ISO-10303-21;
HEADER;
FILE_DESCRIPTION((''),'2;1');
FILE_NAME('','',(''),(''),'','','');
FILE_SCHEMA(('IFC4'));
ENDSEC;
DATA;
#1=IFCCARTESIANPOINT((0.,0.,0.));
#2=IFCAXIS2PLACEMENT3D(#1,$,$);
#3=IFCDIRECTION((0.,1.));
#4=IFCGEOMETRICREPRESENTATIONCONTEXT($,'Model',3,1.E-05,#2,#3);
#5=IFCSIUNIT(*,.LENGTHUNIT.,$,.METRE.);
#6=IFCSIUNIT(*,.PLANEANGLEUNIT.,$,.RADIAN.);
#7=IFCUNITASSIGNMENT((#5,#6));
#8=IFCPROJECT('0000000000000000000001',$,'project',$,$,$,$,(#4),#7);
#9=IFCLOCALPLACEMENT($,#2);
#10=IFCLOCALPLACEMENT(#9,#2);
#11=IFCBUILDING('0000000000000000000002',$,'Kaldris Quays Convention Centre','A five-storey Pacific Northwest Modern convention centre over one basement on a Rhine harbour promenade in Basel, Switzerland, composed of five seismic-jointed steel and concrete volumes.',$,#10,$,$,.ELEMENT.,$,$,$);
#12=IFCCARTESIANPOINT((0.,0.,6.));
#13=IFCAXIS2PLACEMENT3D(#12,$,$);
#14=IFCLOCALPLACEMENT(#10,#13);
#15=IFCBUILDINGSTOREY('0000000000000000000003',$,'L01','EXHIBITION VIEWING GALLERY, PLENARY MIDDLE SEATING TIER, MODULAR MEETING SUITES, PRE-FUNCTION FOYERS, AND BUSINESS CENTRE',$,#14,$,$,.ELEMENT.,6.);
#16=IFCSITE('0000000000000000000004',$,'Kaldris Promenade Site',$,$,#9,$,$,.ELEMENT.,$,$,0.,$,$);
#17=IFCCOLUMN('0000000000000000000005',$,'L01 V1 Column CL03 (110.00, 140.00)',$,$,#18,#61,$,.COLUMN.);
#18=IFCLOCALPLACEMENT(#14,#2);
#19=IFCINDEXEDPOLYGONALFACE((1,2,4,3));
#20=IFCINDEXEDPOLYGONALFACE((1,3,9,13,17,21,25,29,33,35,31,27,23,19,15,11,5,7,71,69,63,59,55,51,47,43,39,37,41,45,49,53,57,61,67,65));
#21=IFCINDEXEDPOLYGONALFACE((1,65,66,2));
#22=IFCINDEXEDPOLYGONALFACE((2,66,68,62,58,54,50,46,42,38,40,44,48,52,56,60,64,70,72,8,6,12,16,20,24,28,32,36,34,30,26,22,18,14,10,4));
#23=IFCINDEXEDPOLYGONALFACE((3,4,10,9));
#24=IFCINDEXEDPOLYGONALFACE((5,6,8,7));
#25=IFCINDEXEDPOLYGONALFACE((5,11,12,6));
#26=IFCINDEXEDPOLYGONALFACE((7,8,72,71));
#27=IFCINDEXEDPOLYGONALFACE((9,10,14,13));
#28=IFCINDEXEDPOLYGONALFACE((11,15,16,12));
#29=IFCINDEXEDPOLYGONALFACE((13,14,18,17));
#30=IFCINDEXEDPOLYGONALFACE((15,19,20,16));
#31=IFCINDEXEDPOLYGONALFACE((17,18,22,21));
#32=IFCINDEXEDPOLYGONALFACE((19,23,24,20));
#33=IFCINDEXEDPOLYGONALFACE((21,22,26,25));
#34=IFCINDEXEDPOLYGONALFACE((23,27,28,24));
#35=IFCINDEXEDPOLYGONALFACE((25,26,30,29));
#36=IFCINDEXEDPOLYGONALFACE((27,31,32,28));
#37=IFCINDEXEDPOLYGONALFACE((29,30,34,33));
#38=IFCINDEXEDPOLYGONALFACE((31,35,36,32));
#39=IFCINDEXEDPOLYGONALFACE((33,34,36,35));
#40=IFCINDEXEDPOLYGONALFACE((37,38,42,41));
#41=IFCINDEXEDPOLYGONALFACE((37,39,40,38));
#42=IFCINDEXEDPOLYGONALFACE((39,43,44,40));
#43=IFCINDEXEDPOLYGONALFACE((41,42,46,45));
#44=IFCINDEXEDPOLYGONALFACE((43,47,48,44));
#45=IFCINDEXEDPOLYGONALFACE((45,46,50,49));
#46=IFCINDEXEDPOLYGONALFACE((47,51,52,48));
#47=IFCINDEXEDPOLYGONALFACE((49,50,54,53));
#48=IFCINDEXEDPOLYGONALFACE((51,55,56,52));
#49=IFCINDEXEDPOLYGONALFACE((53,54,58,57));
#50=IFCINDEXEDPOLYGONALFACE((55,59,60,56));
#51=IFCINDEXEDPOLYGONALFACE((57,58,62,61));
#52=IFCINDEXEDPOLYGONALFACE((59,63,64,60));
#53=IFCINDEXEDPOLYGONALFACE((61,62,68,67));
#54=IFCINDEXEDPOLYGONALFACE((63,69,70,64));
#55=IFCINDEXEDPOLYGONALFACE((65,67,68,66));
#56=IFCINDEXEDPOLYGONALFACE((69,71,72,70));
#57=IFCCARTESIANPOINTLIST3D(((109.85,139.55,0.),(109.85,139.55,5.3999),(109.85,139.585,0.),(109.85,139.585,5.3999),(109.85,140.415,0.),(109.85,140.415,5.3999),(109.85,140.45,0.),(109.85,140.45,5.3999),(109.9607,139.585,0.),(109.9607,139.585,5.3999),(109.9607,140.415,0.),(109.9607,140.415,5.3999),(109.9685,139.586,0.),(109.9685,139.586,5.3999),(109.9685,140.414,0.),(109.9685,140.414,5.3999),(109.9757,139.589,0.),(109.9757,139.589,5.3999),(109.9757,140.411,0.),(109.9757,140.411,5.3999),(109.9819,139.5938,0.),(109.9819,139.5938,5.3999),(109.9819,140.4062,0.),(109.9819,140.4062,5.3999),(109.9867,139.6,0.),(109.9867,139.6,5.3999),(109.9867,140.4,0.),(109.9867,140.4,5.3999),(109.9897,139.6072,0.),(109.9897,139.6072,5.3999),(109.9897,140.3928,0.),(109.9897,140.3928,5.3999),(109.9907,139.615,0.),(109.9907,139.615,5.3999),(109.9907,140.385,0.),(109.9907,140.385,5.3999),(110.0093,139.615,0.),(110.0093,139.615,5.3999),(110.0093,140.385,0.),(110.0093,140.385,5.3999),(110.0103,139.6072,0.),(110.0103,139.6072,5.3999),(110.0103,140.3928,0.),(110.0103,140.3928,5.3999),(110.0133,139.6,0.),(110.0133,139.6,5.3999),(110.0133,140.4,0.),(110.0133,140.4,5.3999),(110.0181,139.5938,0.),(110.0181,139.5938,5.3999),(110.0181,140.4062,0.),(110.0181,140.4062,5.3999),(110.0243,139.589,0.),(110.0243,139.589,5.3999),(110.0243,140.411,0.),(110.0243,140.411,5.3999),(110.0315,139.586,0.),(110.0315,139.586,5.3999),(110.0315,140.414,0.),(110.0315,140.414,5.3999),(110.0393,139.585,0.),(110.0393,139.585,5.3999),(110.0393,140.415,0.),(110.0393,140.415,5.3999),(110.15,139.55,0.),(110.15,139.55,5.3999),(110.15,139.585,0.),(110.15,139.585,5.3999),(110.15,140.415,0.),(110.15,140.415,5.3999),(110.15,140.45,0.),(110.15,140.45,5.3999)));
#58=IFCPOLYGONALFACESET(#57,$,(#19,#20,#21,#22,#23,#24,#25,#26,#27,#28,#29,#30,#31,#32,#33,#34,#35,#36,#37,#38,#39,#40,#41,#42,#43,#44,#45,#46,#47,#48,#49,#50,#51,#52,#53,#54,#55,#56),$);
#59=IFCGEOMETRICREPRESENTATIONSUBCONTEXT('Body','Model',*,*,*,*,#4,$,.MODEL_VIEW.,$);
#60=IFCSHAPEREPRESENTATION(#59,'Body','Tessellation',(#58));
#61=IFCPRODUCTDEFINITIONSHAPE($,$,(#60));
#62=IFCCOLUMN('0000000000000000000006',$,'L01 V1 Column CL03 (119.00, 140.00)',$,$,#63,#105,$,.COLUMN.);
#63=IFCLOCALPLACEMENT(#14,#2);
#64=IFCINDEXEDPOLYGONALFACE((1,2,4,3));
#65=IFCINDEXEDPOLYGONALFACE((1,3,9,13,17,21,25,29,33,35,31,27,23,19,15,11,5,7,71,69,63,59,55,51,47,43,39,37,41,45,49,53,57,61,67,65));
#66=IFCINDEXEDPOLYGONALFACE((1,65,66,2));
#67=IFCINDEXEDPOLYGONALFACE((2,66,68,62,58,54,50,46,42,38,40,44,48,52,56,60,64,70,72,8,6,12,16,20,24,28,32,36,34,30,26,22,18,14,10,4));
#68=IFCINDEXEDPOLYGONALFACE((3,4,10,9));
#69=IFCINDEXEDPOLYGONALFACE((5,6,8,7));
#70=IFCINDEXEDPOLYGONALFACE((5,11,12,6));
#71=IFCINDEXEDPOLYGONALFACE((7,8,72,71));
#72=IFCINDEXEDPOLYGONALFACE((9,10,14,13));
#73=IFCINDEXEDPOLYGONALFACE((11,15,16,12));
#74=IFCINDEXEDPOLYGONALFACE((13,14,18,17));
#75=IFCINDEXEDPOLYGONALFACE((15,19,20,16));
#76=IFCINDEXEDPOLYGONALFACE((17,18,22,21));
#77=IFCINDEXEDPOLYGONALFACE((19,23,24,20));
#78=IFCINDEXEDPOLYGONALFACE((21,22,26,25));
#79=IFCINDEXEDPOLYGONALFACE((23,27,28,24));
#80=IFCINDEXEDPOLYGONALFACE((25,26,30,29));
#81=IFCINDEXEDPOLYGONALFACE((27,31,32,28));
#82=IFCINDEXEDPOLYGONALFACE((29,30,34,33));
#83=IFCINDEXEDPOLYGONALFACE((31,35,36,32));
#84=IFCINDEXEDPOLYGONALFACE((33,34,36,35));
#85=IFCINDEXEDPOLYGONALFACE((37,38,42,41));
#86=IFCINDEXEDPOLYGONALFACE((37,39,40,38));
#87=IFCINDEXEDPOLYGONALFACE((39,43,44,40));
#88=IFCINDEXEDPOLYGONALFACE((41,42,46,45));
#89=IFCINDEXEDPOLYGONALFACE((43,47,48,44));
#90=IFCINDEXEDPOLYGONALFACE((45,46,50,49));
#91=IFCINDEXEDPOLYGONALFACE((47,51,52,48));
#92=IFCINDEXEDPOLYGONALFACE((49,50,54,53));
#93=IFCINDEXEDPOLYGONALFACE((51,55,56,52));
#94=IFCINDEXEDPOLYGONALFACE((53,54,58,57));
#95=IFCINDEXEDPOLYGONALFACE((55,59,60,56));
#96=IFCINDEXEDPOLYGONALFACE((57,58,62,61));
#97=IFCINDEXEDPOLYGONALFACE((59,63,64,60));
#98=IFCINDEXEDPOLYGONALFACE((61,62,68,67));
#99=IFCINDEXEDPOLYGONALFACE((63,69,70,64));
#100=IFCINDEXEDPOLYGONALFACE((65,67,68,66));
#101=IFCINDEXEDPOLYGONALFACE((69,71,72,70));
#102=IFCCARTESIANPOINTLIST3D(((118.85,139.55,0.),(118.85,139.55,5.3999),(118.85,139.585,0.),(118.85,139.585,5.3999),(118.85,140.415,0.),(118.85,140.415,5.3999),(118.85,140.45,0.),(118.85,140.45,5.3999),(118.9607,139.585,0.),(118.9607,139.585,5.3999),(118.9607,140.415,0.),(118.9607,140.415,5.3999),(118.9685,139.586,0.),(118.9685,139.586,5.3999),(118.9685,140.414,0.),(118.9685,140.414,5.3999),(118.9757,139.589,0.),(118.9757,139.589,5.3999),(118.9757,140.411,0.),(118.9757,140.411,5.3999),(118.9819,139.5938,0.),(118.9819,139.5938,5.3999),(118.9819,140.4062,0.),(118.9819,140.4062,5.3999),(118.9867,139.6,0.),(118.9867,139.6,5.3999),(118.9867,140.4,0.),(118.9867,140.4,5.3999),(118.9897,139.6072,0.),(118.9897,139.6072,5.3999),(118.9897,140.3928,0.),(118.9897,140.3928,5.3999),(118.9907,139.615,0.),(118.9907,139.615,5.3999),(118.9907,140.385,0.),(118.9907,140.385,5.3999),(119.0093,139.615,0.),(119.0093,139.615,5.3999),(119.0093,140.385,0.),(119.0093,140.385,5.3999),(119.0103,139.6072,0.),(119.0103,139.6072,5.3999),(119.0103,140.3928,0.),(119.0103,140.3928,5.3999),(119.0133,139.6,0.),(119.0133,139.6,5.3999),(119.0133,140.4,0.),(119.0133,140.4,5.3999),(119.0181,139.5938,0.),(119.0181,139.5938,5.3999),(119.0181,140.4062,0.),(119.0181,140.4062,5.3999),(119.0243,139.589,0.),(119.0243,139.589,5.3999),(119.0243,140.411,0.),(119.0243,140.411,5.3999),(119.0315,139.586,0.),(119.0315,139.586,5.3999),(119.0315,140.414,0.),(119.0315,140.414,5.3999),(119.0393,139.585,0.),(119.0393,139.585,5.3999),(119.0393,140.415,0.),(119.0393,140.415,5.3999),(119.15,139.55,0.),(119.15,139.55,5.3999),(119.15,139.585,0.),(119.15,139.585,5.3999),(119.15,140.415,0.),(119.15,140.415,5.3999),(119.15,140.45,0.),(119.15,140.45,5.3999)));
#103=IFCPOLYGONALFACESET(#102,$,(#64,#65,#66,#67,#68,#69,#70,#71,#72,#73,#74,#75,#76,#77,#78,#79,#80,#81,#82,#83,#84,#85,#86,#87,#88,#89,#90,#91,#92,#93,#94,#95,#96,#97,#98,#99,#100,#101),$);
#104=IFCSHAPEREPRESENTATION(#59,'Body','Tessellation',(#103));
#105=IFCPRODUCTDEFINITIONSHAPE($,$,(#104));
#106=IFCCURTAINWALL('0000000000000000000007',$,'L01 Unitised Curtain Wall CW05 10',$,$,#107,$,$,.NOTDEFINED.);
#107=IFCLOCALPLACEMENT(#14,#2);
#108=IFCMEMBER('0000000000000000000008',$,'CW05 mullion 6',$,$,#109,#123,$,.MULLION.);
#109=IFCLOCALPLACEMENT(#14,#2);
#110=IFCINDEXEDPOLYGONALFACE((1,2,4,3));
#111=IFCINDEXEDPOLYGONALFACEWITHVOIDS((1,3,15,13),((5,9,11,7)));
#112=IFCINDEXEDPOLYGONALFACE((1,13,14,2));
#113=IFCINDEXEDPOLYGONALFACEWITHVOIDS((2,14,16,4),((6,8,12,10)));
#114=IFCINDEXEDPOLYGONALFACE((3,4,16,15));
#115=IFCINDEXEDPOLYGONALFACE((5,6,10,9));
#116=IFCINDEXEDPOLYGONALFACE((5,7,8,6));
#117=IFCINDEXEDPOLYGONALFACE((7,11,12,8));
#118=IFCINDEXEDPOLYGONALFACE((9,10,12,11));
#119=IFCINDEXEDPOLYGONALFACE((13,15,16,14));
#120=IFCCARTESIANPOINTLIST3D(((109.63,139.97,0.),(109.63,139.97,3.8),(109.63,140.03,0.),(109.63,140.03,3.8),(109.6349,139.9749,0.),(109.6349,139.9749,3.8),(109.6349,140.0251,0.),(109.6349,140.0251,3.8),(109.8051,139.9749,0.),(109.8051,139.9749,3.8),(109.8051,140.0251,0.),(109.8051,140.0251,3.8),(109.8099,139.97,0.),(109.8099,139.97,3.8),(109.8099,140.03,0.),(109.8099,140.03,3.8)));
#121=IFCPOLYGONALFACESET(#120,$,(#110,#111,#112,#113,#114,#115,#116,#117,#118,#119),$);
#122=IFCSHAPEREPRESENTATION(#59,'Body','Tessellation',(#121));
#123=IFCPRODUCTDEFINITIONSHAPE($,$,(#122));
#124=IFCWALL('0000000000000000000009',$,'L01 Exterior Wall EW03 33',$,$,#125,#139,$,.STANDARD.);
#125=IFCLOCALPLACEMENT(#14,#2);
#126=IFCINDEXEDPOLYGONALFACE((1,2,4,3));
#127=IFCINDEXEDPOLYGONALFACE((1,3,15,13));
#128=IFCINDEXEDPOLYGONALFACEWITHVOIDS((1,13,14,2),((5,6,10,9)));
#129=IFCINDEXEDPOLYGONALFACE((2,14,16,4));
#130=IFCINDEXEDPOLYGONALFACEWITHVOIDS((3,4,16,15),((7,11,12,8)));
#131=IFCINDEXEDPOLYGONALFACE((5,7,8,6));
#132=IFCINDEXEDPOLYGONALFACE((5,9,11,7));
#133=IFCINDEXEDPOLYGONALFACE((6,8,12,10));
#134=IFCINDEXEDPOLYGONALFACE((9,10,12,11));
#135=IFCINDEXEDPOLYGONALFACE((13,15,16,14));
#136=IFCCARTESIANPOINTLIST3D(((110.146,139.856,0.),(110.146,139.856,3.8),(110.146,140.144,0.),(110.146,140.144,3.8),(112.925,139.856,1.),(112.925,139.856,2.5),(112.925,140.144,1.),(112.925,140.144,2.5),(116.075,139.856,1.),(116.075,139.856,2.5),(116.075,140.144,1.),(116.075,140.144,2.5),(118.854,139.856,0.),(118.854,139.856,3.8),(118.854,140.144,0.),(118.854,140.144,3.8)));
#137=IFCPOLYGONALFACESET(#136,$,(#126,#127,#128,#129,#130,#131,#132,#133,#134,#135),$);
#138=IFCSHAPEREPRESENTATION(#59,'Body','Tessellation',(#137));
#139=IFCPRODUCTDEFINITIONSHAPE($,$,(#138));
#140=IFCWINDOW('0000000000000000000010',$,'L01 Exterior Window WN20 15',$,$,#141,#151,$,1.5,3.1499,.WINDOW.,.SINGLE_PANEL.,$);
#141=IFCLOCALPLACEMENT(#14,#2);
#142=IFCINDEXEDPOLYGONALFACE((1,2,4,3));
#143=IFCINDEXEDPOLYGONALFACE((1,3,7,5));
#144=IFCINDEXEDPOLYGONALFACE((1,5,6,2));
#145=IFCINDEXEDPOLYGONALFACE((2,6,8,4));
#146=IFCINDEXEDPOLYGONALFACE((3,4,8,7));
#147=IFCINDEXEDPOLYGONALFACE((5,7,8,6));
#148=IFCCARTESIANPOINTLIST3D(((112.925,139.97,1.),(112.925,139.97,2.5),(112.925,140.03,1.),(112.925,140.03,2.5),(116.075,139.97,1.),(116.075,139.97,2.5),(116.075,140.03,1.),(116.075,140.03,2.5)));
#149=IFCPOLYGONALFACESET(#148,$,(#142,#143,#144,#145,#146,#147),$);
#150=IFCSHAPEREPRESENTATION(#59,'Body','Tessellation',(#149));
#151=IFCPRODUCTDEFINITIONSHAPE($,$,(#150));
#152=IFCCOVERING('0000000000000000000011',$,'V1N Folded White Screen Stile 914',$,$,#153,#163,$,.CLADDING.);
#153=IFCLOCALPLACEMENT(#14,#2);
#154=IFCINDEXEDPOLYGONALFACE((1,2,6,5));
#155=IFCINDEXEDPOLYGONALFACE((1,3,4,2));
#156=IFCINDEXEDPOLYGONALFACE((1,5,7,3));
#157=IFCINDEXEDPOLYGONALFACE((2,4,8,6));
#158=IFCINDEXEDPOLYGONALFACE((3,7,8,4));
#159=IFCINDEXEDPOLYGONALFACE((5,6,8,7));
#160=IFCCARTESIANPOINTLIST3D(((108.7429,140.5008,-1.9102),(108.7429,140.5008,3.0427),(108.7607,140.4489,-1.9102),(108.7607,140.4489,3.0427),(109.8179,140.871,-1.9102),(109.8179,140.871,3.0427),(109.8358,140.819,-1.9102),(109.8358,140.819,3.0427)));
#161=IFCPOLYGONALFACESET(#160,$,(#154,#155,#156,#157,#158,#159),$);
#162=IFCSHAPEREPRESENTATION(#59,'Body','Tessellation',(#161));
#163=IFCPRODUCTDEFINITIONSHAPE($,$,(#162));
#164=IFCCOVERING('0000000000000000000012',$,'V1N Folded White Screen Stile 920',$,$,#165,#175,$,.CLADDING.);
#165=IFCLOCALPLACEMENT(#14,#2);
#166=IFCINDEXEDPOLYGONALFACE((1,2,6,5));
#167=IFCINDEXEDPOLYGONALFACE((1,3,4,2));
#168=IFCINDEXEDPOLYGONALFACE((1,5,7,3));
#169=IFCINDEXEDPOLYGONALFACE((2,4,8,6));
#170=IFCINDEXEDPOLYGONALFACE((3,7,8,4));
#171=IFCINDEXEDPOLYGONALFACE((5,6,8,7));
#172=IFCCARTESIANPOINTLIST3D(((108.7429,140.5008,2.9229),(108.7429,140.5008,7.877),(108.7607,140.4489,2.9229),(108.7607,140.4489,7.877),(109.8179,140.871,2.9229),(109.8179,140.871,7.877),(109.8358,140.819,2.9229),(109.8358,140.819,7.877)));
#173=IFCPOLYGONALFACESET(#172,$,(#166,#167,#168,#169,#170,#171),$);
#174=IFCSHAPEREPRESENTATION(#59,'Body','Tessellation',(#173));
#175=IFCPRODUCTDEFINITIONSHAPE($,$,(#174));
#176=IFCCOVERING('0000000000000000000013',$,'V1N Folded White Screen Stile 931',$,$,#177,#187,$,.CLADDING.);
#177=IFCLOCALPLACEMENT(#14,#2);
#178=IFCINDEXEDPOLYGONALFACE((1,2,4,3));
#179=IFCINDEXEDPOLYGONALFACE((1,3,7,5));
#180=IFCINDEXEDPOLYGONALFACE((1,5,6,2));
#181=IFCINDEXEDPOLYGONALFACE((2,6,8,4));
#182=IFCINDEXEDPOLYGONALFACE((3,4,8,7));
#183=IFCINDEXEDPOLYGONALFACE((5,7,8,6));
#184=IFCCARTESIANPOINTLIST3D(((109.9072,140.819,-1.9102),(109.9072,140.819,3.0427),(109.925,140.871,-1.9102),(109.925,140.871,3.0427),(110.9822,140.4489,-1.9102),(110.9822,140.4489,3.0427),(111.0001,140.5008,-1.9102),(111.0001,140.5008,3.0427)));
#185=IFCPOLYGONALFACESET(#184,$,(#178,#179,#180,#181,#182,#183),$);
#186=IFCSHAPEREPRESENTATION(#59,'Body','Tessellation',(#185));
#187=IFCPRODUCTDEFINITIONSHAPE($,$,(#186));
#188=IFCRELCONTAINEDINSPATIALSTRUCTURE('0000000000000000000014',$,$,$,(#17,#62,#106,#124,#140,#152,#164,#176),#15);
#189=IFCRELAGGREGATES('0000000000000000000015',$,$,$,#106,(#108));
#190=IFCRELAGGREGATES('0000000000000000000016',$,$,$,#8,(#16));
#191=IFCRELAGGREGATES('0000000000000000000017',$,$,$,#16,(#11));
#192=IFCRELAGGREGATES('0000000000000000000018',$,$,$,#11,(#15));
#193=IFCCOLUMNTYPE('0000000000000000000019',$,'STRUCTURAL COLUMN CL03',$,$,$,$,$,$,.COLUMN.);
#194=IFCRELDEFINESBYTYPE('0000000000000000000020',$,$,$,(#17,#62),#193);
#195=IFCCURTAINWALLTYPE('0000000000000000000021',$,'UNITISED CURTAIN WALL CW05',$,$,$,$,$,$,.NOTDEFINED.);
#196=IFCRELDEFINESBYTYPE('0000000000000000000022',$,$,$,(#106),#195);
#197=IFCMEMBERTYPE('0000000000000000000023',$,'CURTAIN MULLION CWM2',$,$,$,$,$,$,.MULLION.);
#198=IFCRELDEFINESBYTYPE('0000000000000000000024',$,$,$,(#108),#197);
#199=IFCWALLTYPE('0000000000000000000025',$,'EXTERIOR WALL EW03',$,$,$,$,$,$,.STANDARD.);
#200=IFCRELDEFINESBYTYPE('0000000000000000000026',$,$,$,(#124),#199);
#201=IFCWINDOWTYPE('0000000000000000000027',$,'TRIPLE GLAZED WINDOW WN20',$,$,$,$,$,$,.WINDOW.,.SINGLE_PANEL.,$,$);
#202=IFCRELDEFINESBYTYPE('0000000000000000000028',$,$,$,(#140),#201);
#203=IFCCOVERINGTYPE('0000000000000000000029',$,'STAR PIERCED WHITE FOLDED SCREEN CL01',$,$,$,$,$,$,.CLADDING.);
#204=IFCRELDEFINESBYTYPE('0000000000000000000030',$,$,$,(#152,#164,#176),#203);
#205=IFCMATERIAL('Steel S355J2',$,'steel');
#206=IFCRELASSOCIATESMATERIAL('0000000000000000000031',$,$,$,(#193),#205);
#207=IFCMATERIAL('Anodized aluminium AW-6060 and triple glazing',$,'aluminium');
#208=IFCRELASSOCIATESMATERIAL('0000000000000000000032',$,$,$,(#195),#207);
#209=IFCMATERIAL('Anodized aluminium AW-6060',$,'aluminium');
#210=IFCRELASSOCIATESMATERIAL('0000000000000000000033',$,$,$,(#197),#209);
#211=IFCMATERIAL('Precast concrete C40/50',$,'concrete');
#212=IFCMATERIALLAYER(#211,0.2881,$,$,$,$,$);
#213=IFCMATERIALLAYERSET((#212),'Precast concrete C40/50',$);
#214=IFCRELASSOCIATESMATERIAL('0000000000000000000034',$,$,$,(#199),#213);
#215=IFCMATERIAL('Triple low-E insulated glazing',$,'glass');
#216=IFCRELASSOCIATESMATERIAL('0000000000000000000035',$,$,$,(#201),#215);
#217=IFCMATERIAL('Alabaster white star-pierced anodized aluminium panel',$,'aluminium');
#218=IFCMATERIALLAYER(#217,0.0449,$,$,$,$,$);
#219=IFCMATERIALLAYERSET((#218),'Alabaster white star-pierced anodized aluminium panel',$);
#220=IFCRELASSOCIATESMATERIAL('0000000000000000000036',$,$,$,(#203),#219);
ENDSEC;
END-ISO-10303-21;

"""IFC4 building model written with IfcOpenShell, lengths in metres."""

from ifc_helpers import new_model, si_unit, direction, frame, frame_2d, origin, origin_2d, place, context, subcontext, project, spatial, rectangle, hollow_rectangle, i_section, extrude, material, layer, layer_set, material_profile, profile_set, type_object, element, fill, aggregate, save


model = new_model("IFC4")

# Units and contexts
model_context = context("Model", 3, precision=1e-05, world=origin(), true_north=direction((0.0, 1.0)))
body_context = subcontext(model_context, "Body", "Model", "MODEL_VIEW")
ifc_project = project(units=[si_unit("LENGTHUNIT", "METRE"), si_unit("PLANEANGLEUNIT", "RADIAN")], contexts=[model_context])

# Site, building, storey
site_placement = place(None, origin())
site = spatial("IfcSite", under=ifc_project, at=site_placement, Name="Kaldris Promenade Site", CompositionType="ELEMENT", RefElevation=0.0)
building_placement = place(site_placement, origin())
building = spatial("IfcBuilding", under=site, at=building_placement, Name="Kaldris Quays Convention Centre", Description="A five-storey Pacific Northwest Modern convention centre over one basement on a Rhine harbour promenade in Basel, Switzerland, composed of five seismic-jointed steel and concrete volumes.", CompositionType="ELEMENT")
storey_placement = place(building_placement, frame((0.0, 0.0, 6.0)))
storey = spatial("IfcBuildingStorey", under=building, at=storey_placement, Name="L01", Description="EXHIBITION VIEWING GALLERY, PLENARY MIDDLE SEATING TIER, MODULAR MEETING SUITES, PRE-FUNCTION FOYERS, AND BUSINESS CENTRE", CompositionType="ELEMENT", Elevation=6.0)

# Columns
ifc_material_1 = material(Name="Steel S355J2", Category="steel")
ifc_material_profile_1 = material_profile(ifc_material_1, i_section(OverallWidth=0.3, OverallDepth=0.8999, WebThickness=0.0186, FlangeThickness=0.0349, FilletRadius=0.03, at=origin_2d()), Name="HEB 900")
ifc_profile_set_1 = profile_set([ifc_material_profile_1], Name="Steel S355J2")
column_type = type_object("IfcColumnType", Name="STRUCTURAL COLUMN CL03", PredefinedType="COLUMN", material=ifc_profile_set_1)
for number, where, z_axis, x_axis, name in (
    (1, (110.0, 140.0, 0.0), (0.0, 0.0, 1.0), (1.0, 0.0, 0.0), "L01 V1 Column CL03 (110.00, 140.00)"),
    (2, (119.0, 140.0, 0.0), (0.0, 0.0, 1.0), (1.0, 0.0, 0.0), "L01 V1 Column CL03 (119.00, 140.00)"),
):
    element("IfcColumn", number, at=place(storey_placement, frame(where, z_axis=z_axis, x_axis=x_axis)), inside=storey, type_object=column_type, Name=name, PredefinedType="COLUMN", context=body_context, shape_type="SweptSolid", body=[
        extrude(i_section(OverallWidth=0.3, OverallDepth=0.8999, WebThickness=0.0186, FlangeThickness=0.0349, FilletRadius=0.03, at=origin_2d()), origin(), (0.0, 0.0, 1.0), 5.3999),
    ])

# Curtain wall, member
ifc_material_2 = material(Name="Anodized aluminium AW-6060 and triple glazing", Category="aluminium")
curtain_wall_type = type_object("IfcCurtainWallType", Name="UNITISED CURTAIN WALL CW05", PredefinedType="NOTDEFINED", material=ifc_material_2)
curtain_wall_placement = place(storey_placement, origin())
curtain_wall = element("IfcCurtainWall", 3, at=curtain_wall_placement, inside=storey, type_object=curtain_wall_type, Name="L01 Unitised Curtain Wall CW05 10", PredefinedType="NOTDEFINED")
ifc_material_3 = material(Name="Anodized aluminium AW-6060", Category="aluminium")
ifc_material_profile_2 = material_profile(ifc_material_3, hollow_rectangle(XDim=0.0601, YDim=0.1799, WallThickness=0.0049, at=origin_2d()), Name="RHS 180x60x5")
ifc_profile_set_2 = profile_set([ifc_material_profile_2], Name="Anodized aluminium AW-6060")
member_type = type_object("IfcMemberType", Name="CURTAIN MULLION CWM2", PredefinedType="MULLION", material=ifc_profile_set_2)
member_placement = place(storey_placement, frame((109.72, 140.0, 0.0), z_axis=(0.0, 0.0, 1.0), x_axis=(0.0, 1.0, 0.0)))
member = element("IfcMember", 4, at=member_placement, type_object=member_type, Name="CW05 mullion 6", PredefinedType="MULLION", context=body_context, shape_type="SweptSolid", body=[
    extrude(hollow_rectangle(XDim=0.0601, YDim=0.1799, WallThickness=0.0049, at=origin_2d()), origin(), (0.0, 0.0, 1.0), 3.8),
])
aggregate(curtain_wall, [member])

# Wall, opening, window
ifc_material_4 = material(Name="Precast concrete C40/50", Category="concrete")
ifc_layer_1 = layer(ifc_material_4, 0.2881)
ifc_layer_set_1 = layer_set([ifc_layer_1], Name="Precast concrete C40/50")
wall_type = type_object("IfcWallType", Name="EXTERIOR WALL EW03", PredefinedType="STANDARD", material=ifc_layer_set_1)
wall_placement = place(storey_placement, frame((110.146, 140.0, 0.0), z_axis=(0.0, 0.0, 1.0), x_axis=(1.0, 0.0, 0.0)))
wall = element("IfcWall", 5, at=wall_placement, inside=storey, type_object=wall_type, Name="L01 Exterior Wall EW03 33", PredefinedType="STANDARD", context=body_context, shape_type="SweptSolid", body=[
    extrude(rectangle(XDim=8.708, YDim=0.2881, at=frame_2d((4.354, 0.0))), origin(), (0.0, 0.0, 1.0), 3.8),
])
opening_placement = place(wall_placement, frame((2.7791, 0.0, 1.0)))
opening = element("IfcOpeningElement", 6, at=opening_placement, cuts=wall, PredefinedType="OPENING", context=body_context, shape_type="SweptSolid", body=[
    extrude(rectangle(XDim=3.1499, YDim=1.5, at=frame_2d((1.575, 0.75))), frame((0.0, 0.1541, 0.0), z_axis=(0.0, -1.0, 0.0), x_axis=(1.0, 0.0, 0.0)), (0.0, 0.0, 1.0), 0.3081),
])
ifc_material_5 = material(Name="Triple low-E insulated glazing", Category="glass")
window_type = type_object("IfcWindowType", Name="TRIPLE GLAZED WINDOW WN20", PartitioningType="SINGLE_PANEL", PredefinedType="WINDOW", material=ifc_material_5)
window_placement = place(opening_placement, origin())
window = element("IfcWindow", 7, at=window_placement, inside=storey, type_object=window_type, Name="L01 Exterior Window WN20 15", OverallHeight=1.5, OverallWidth=3.1499, PartitioningType="SINGLE_PANEL", PredefinedType="WINDOW", context=body_context, shape_type="SweptSolid", body=[
    extrude(rectangle(XDim=3.1499, YDim=1.5, at=frame_2d((1.575, 0.75))), frame((0.0, 0.03, 0.0), z_axis=(0.0, -1.0, 0.0), x_axis=(1.0, 0.0, 0.0)), (0.0, 0.0, 1.0), 0.0601),
])
fill(opening, window)

# Coverings
ifc_material_6 = material(Name="Alabaster white star-pierced anodized aluminium panel", Category="aluminium")
ifc_layer_2 = layer(ifc_material_6, 0.0449)
ifc_layer_set_2 = layer_set([ifc_layer_2], Name="Alabaster white star-pierced anodized aluminium panel")
covering_type = type_object("IfcCoveringType", Name="STAR PIERCED WHITE FOLDED SCREEN CL01", PredefinedType="CLADDING", material=ifc_layer_set_2)
covering_1_placement = place(storey_placement, frame((109.2893, 140.6599, -1.9102), z_axis=(0.0, 0.0, 1.0), x_axis=(0.945519, 0.325568, 0.0)))
element("IfcCovering", 8, at=covering_1_placement, inside=storey, type_object=covering_type, Name="V1N Folded White Screen Stile 914", PredefinedType="CLADDING", context=body_context, shape_type="SweptSolid", body=[
    extrude(rectangle(XDim=1.137, YDim=0.0549, at=origin_2d()), origin(), (0.0, 0.0, 1.0), 4.9529),
])
covering_2_placement = place(storey_placement, frame((109.2893, 140.6599, 2.9229), z_axis=(0.0, 0.0, 1.0), x_axis=(0.945519, 0.325568, 0.0)))
element("IfcCovering", 9, at=covering_2_placement, inside=storey, type_object=covering_type, Name="V1N Folded White Screen Stile 920", PredefinedType="CLADDING", context=body_context, shape_type="SweptSolid", body=[
    extrude(rectangle(XDim=1.137, YDim=0.0549, at=origin_2d()), origin(), (0.0, 0.0, 1.0), 4.9541),
])
for number, where, z_axis, x_axis, name in (
    (10, (110.4536, 140.6599, -1.9102), (0.0, 0.0, 1.0), (0.945519, -0.325568, 0.0), "V1N Folded White Screen Stile 931"),
):
    element("IfcCovering", number, at=place(storey_placement, frame(where, z_axis=z_axis, x_axis=x_axis)), inside=storey, type_object=covering_type, Name=name, PredefinedType="CLADDING", context=body_context, shape_type="SweptSolid", body=[
        extrude(rectangle(XDim=1.137, YDim=0.0549, at=origin_2d()), origin(), (0.0, 0.0, 1.0), 4.9529),
    ])

save(model, "model.ifc")
